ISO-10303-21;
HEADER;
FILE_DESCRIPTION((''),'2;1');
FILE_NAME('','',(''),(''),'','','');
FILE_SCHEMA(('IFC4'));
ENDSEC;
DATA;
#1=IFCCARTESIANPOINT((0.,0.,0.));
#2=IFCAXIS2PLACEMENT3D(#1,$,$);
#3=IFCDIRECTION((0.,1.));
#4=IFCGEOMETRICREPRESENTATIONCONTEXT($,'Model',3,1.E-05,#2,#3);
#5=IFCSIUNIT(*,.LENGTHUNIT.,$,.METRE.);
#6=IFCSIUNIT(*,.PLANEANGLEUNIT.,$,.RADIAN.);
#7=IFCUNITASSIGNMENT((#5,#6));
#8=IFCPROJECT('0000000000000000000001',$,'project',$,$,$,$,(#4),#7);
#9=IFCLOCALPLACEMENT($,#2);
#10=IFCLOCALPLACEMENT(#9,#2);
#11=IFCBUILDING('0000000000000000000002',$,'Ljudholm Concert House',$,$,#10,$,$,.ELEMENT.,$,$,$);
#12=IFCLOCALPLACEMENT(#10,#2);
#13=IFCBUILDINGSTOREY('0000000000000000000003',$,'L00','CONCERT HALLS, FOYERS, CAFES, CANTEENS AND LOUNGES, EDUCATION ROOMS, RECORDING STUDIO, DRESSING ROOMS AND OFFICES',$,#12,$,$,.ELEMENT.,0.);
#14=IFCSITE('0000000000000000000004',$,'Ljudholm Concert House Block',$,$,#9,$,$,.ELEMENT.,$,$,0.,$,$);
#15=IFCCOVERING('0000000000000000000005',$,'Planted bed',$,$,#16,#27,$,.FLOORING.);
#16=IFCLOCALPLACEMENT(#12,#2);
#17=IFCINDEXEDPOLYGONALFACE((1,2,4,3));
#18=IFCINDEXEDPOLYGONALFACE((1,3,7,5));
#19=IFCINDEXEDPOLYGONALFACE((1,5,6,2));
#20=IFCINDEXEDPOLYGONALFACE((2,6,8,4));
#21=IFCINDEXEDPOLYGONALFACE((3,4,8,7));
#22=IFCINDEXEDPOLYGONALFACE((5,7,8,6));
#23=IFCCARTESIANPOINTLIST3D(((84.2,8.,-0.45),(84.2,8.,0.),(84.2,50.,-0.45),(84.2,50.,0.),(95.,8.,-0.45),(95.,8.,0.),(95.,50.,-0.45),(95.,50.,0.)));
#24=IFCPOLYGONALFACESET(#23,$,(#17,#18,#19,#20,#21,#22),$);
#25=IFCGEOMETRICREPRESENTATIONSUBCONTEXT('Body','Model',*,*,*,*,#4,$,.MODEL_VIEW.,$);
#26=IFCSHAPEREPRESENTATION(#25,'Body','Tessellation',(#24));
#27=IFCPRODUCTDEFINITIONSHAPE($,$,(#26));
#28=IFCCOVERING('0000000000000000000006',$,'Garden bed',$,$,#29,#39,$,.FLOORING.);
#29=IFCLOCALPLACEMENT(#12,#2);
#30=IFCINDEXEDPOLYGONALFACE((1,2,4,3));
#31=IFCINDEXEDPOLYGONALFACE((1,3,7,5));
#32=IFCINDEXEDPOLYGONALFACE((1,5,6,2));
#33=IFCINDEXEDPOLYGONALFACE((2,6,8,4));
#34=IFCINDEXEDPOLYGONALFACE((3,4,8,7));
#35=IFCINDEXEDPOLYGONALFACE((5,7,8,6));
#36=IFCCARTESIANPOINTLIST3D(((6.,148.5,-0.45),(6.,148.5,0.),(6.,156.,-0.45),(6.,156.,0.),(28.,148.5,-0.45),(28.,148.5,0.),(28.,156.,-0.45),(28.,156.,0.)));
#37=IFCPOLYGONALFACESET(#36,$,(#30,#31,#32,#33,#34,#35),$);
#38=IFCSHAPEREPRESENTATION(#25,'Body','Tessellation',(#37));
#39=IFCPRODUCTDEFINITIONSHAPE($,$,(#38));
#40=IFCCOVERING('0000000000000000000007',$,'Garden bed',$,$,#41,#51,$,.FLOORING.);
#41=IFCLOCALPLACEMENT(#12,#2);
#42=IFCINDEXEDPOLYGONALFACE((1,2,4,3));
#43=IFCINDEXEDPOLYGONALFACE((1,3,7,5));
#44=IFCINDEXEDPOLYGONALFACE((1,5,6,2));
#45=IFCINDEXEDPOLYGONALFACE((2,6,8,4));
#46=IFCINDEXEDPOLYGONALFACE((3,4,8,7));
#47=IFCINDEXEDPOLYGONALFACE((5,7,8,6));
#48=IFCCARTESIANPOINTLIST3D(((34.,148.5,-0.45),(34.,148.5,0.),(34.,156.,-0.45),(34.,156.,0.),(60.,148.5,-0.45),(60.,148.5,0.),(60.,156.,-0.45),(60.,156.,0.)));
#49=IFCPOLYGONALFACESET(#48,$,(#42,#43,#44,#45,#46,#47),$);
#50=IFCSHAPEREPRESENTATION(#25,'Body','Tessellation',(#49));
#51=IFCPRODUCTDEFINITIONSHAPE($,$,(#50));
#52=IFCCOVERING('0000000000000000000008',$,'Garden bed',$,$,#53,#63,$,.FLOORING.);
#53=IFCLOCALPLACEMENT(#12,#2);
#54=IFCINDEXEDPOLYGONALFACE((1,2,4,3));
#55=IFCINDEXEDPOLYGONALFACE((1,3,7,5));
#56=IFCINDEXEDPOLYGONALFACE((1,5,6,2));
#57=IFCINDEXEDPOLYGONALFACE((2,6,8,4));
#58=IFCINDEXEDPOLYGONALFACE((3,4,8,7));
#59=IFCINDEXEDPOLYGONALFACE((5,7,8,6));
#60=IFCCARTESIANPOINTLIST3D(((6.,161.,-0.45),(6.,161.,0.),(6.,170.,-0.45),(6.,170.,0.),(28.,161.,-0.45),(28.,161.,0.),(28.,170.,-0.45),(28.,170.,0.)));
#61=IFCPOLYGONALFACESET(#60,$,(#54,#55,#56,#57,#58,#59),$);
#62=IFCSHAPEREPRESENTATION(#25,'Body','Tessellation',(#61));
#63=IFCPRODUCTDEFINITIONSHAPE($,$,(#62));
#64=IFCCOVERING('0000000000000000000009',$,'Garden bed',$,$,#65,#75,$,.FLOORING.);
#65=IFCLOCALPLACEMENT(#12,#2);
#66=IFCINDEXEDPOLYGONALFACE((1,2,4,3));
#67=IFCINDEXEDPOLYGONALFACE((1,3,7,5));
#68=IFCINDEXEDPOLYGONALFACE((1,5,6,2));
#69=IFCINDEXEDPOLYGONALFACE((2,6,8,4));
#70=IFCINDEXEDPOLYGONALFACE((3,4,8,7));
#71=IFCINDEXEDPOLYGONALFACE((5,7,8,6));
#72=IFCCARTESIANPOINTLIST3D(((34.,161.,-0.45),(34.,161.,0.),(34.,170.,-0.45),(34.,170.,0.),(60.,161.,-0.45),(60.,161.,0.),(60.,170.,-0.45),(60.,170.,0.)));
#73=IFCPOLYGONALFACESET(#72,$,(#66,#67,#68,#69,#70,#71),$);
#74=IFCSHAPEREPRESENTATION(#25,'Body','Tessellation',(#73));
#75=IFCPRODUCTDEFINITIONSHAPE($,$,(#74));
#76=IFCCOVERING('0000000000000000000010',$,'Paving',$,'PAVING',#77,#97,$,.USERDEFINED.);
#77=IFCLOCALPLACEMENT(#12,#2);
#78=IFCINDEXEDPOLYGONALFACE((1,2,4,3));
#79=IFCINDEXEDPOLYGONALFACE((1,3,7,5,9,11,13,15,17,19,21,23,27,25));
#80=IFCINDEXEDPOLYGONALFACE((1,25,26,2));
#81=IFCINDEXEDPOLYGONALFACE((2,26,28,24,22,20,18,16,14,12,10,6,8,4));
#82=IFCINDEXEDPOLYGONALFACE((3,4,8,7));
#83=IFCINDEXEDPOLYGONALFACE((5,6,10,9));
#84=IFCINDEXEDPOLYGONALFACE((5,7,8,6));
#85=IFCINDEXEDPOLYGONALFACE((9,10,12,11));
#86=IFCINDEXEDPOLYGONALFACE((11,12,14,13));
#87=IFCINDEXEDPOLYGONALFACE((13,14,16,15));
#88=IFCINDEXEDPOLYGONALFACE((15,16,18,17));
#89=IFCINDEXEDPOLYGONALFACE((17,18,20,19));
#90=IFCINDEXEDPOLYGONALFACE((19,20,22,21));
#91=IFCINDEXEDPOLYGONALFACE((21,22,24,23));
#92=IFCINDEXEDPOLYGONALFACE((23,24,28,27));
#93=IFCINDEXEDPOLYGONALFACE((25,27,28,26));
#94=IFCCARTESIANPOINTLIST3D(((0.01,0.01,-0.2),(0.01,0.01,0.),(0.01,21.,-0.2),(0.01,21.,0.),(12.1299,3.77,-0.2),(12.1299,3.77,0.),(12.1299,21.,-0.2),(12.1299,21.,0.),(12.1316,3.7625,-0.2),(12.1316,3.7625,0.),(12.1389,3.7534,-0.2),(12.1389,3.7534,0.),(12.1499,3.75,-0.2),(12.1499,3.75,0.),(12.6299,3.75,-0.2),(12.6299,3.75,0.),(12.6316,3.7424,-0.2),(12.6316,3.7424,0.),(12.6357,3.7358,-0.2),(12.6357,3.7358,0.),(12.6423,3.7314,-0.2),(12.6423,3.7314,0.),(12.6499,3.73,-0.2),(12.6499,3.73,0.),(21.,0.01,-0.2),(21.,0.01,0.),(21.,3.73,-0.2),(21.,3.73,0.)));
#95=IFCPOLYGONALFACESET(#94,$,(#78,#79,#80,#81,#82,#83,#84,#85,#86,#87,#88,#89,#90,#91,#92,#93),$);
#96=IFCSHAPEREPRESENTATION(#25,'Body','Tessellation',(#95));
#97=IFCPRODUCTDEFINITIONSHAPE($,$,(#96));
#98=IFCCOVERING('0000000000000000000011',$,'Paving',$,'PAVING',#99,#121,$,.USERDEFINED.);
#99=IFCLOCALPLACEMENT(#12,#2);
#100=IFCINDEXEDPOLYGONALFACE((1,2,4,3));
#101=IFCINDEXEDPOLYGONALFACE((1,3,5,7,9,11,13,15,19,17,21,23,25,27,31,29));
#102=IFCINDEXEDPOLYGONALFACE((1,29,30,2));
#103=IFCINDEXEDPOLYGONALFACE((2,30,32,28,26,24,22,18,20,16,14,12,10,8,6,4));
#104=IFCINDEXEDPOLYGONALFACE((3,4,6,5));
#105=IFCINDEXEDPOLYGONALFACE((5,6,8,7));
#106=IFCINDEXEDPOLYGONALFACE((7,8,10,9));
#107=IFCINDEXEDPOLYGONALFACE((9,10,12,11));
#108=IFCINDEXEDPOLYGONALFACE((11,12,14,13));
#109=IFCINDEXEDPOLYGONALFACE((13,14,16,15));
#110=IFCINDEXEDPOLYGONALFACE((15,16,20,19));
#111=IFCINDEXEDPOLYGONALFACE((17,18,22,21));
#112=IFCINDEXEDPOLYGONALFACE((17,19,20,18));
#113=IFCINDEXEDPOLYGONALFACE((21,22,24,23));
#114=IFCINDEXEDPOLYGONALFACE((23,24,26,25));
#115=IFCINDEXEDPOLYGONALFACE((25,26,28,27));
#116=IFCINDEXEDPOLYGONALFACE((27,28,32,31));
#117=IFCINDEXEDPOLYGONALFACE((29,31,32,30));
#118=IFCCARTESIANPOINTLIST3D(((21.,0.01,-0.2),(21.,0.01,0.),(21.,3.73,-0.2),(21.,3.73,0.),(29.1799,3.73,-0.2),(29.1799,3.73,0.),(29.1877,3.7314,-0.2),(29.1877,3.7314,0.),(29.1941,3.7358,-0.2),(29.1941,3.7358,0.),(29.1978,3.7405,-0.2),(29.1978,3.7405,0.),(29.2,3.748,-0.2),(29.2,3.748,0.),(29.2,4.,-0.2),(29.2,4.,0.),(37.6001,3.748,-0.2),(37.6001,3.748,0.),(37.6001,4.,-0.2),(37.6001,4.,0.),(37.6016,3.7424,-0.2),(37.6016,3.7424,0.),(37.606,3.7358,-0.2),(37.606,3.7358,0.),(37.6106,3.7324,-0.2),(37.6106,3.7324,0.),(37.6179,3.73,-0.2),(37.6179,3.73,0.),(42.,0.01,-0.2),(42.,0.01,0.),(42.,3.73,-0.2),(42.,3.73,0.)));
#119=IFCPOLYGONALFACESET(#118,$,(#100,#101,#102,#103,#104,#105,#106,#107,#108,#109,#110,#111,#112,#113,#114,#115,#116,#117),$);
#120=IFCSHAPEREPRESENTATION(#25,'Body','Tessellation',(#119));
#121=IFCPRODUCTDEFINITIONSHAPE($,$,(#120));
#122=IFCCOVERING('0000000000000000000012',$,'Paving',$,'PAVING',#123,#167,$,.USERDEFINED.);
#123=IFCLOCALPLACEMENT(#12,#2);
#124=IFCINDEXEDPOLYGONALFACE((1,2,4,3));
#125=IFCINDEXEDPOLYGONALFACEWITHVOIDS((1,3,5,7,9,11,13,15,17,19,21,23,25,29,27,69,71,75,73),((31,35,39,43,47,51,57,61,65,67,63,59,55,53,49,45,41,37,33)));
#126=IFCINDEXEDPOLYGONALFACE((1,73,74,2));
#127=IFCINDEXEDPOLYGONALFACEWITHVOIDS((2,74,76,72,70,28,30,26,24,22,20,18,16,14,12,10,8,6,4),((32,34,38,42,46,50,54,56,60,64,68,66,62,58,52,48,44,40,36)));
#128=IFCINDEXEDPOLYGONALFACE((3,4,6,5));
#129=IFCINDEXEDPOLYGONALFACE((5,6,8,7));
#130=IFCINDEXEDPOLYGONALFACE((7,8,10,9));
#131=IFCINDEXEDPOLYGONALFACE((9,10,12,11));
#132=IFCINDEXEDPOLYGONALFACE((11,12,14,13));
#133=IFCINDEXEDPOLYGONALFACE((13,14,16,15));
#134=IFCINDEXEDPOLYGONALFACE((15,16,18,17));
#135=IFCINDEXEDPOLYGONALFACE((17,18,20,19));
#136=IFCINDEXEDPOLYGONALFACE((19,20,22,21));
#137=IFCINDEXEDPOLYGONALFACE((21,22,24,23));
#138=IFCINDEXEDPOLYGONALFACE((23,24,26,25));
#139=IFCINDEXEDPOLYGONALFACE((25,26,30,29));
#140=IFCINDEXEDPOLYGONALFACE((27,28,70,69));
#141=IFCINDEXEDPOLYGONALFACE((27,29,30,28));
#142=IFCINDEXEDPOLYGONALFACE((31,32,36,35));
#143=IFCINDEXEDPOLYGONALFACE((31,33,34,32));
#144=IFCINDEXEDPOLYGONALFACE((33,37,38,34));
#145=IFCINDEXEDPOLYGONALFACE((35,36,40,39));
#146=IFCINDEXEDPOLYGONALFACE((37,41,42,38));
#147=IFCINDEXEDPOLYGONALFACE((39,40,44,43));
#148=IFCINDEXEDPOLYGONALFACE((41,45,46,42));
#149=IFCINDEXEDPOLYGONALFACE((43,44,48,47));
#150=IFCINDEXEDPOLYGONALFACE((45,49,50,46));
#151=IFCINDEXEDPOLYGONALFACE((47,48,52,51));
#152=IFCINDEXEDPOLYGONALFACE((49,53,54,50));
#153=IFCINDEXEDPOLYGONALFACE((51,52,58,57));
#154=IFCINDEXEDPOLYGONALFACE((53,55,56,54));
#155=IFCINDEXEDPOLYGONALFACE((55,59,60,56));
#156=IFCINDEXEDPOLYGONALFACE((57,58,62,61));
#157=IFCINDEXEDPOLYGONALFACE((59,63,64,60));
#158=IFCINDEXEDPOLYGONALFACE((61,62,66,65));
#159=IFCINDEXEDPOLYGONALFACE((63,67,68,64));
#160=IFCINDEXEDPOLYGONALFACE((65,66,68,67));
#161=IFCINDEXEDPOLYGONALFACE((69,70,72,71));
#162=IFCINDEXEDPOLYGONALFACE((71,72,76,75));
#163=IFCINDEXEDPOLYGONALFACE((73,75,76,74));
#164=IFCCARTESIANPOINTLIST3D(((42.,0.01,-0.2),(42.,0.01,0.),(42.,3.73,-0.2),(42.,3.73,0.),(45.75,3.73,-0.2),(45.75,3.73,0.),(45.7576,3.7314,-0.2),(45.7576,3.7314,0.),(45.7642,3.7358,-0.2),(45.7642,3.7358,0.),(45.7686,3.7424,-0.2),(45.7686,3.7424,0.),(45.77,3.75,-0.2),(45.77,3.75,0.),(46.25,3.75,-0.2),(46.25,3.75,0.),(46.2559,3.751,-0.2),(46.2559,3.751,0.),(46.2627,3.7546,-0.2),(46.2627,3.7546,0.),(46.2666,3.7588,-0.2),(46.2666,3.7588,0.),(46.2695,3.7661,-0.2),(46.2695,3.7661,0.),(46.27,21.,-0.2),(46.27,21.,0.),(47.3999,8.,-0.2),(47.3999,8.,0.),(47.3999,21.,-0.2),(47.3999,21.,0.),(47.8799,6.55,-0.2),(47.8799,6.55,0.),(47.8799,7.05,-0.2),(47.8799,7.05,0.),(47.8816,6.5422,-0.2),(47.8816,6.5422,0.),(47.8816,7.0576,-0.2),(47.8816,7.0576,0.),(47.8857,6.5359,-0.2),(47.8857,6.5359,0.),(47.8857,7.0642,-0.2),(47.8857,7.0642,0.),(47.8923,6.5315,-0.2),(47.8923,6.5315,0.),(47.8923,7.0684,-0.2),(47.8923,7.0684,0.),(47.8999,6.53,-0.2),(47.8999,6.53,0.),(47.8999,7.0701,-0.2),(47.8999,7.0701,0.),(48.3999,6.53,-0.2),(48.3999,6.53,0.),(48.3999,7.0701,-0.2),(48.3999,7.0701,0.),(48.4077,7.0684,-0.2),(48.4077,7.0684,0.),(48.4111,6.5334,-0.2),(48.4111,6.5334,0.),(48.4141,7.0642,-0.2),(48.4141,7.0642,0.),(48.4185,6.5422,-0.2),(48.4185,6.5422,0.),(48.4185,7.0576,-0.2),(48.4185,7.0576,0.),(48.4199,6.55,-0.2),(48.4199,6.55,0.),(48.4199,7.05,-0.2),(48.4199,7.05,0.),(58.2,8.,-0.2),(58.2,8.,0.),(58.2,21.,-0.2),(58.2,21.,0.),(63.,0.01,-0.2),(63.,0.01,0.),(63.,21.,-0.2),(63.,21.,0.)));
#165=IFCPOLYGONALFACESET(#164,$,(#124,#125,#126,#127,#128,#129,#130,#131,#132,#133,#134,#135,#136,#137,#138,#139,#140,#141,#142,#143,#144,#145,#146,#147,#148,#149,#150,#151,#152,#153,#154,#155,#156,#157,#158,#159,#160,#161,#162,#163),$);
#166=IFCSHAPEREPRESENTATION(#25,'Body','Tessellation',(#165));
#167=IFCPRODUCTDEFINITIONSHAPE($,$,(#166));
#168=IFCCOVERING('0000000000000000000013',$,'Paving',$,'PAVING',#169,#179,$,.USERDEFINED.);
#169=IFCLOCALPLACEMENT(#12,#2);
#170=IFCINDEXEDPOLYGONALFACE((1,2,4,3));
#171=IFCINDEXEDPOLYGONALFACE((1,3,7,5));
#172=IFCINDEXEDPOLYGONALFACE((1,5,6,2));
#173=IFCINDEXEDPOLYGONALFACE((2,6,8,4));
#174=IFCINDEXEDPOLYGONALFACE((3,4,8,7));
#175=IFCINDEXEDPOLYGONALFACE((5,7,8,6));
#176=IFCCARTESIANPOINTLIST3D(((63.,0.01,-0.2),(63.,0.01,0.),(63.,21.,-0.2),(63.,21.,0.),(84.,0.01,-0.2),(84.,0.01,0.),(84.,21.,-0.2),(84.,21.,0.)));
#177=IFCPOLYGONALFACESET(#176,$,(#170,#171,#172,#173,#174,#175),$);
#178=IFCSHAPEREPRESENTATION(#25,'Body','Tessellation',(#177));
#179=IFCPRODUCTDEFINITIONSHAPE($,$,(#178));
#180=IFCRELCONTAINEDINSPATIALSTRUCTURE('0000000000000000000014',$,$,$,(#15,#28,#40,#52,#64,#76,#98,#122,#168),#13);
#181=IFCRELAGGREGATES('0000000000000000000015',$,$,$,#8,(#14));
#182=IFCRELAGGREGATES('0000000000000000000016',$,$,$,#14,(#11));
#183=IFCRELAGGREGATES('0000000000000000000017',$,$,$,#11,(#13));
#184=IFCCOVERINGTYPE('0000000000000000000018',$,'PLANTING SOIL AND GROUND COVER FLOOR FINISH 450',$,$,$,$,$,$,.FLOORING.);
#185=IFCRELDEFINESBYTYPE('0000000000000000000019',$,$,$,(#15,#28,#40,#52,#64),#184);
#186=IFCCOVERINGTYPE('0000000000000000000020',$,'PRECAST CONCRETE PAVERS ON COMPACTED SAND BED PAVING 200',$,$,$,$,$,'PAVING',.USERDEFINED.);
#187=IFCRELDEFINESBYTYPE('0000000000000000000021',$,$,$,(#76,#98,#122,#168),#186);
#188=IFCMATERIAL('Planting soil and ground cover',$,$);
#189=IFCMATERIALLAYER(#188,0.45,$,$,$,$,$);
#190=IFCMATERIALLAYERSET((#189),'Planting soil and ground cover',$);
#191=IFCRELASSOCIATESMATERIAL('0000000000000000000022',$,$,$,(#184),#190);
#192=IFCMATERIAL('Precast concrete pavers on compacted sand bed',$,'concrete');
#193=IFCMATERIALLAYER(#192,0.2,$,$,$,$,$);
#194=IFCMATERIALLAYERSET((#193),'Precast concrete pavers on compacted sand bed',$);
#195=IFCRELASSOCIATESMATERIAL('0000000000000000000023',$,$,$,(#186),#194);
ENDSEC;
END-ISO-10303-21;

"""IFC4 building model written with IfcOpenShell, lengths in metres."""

from ifc_helpers import new_model, si_unit, direction, frame, origin, place, context, subcontext, project, spatial, polyline, outline, extrude, material, layer, layer_set, type_object, element, save


model = new_model("IFC4")

# Units and contexts
model_context = context("Model", 3, precision=1e-05, world=origin(), true_north=direction((0.0, 1.0)))
body_context = subcontext(model_context, "Body", "Model", "MODEL_VIEW")
ifc_project = project(units=[si_unit("LENGTHUNIT", "METRE"), si_unit("PLANEANGLEUNIT", "RADIAN")], contexts=[model_context])

# Site, building, storey
site_placement = place(None, origin())
site = spatial("IfcSite", under=ifc_project, at=site_placement, Name="Ljudholm Concert House Block", CompositionType="ELEMENT", RefElevation=0.0)
building_placement = place(site_placement, origin())
building = spatial("IfcBuilding", under=site, at=building_placement, Name="Ljudholm Concert House", CompositionType="ELEMENT")
storey_placement = place(building_placement, origin())
storey = spatial("IfcBuildingStorey", under=building, at=storey_placement, Name="L00", Description="CONCERT HALLS, FOYERS, CAFES, CANTEENS AND LOUNGES, EDUCATION ROOMS, RECORDING STUDIO, DRESSING ROOMS AND OFFICES", CompositionType="ELEMENT", Elevation=0.0)

# Coverings
ifc_material_1 = material(Name="Planting soil and ground cover")
ifc_layer_1 = layer(ifc_material_1, 0.45)
ifc_layer_set_1 = layer_set([ifc_layer_1], Name="Planting soil and ground cover")
covering_type_1 = type_object("IfcCoveringType", Name="PLANTING SOIL AND GROUND COVER FLOOR FINISH 450", PredefinedType="FLOORING", material=ifc_layer_set_1)
covering_1_placement = place(storey_placement, frame((0.0, 0.0, -0.45)))
element("IfcCovering", 1, at=covering_1_placement, inside=storey, type_object=covering_type_1, Name="Planted bed", PredefinedType="FLOORING", context=body_context, shape_type="SweptSolid", body=[
    extrude(outline(polyline([(84.2, 8.0), (95.0, 8.0), (95.0, 50.0), (84.2, 50.0), (84.2, 8.0)])), origin(), (0.0, 0.0, 1.0), 0.45),
])
covering_2_placement = place(storey_placement, frame((0.0, 0.0, -0.45)))
element("IfcCovering", 2, at=covering_2_placement, inside=storey, type_object=covering_type_1, Name="Garden bed", PredefinedType="FLOORING", context=body_context, shape_type="SweptSolid", body=[
    extrude(outline(polyline([(6.0, 148.5), (28.0, 148.5), (28.0, 156.0), (6.0, 156.0), (6.0, 148.5)])), origin(), (0.0, 0.0, 1.0), 0.45),
])
covering_3_placement = place(storey_placement, frame((0.0, 0.0, -0.45)))
element("IfcCovering", 3, at=covering_3_placement, inside=storey, type_object=covering_type_1, Name="Garden bed", PredefinedType="FLOORING", context=body_context, shape_type="SweptSolid", body=[
    extrude(outline(polyline([(34.0, 148.5), (60.0, 148.5), (60.0, 156.0), (34.0, 156.0), (34.0, 148.5)])), origin(), (0.0, 0.0, 1.0), 0.45),
])
covering_4_placement = place(storey_placement, frame((0.0, 0.0, -0.45)))
element("IfcCovering", 4, at=covering_4_placement, inside=storey, type_object=covering_type_1, Name="Garden bed", PredefinedType="FLOORING", context=body_context, shape_type="SweptSolid", body=[
    extrude(outline(polyline([(6.0, 161.0), (28.0, 161.0), (28.0, 170.0), (6.0, 170.0), (6.0, 161.0)])), origin(), (0.0, 0.0, 1.0), 0.45),
])
covering_5_placement = place(storey_placement, frame((0.0, 0.0, -0.45)))
element("IfcCovering", 5, at=covering_5_placement, inside=storey, type_object=covering_type_1, Name="Garden bed", PredefinedType="FLOORING", context=body_context, shape_type="SweptSolid", body=[
    extrude(outline(polyline([(34.0, 161.0), (60.0, 161.0), (60.0, 170.0), (34.0, 170.0), (34.0, 161.0)])), origin(), (0.0, 0.0, 1.0), 0.45),
])
ifc_material_2 = material(Name="Precast concrete pavers on compacted sand bed", Category="concrete")
ifc_layer_2 = layer(ifc_material_2, 0.2)
ifc_layer_set_2 = layer_set([ifc_layer_2], Name="Precast concrete pavers on compacted sand bed")
covering_type_2 = type_object("IfcCoveringType", Name="PRECAST CONCRETE PAVERS ON COMPACTED SAND BED PAVING 200", ElementType="PAVING", PredefinedType="USERDEFINED", material=ifc_layer_set_2)
covering_6_placement = place(storey_placement, frame((0.0, 0.0, -0.2)))
element("IfcCovering", 6, at=covering_6_placement, inside=storey, type_object=covering_type_2, Name="Paving", ObjectType="PAVING", PredefinedType="USERDEFINED", context=body_context, shape_type="SweptSolid", body=[
    extrude(outline(polyline([(0.01, 0.01), (0.01, 21.0), (12.1299, 21.0), (12.1299, 3.77), (12.1316, 3.7625), (12.1389, 3.7534), (12.1499, 3.75), (12.6299, 3.75), (12.6316, 3.7424), (12.6357, 3.7358), (12.6423, 3.7314), (12.6499, 3.73), (21.0, 3.73), (21.0, 0.01), (0.01, 0.01)])), origin(), (0.0, 0.0, 1.0), 0.2),
])
covering_7_placement = place(storey_placement, frame((0.0, 0.0, -0.2)))
element("IfcCovering", 7, at=covering_7_placement, inside=storey, type_object=covering_type_2, Name="Paving", ObjectType="PAVING", PredefinedType="USERDEFINED", context=body_context, shape_type="SweptSolid", body=[
    extrude(outline(polyline([(21.0, 0.01), (21.0, 3.73), (29.1799, 3.73), (29.1877, 3.7314), (29.1941, 3.7358), (29.1978, 3.7405), (29.2, 3.748), (29.2, 4.0), (37.6001, 4.0), (37.6001, 3.748), (37.6016, 3.7424), (37.606, 3.7358), (37.6106, 3.7324), (37.6179, 3.73), (42.0, 3.73), (42.0, 0.01), (21.0, 0.01)])), origin(), (0.0, 0.0, 1.0), 0.2),
])
covering_8_placement = place(storey_placement, frame((0.0, 0.0, -0.2)))
element("IfcCovering", 8, at=covering_8_placement, inside=storey, type_object=covering_type_2, Name="Paving", ObjectType="PAVING", PredefinedType="USERDEFINED", context=body_context, shape_type="SweptSolid", body=[
    extrude(outline(polyline([(42.0, 0.01), (42.0, 3.73), (45.75, 3.73), (45.7576, 3.7314), (45.7642, 3.7358), (45.7686, 3.7424), (45.77, 3.75), (46.25, 3.75), (46.2559, 3.751), (46.2627, 3.7546), (46.2666, 3.7588), (46.2695, 3.7661), (46.27, 21.0), (47.3999, 21.0), (47.3999, 8.0), (58.2, 8.0), (58.2, 21.0), (63.0, 21.0), (63.0, 0.01), (42.0, 0.01)]), holes=[polyline([(48.4185, 6.5422), (48.4199, 6.55), (48.4199, 7.05), (48.4185, 7.0576), (48.4141, 7.0642), (48.4077, 7.0684), (48.3999, 7.0701), (47.8999, 7.0701), (47.8923, 7.0684), (47.8857, 7.0642), (47.8816, 7.0576), (47.8799, 7.05), (47.8799, 6.55), (47.8816, 6.5422), (47.8857, 6.5359), (47.8923, 6.5315), (47.8999, 6.53), (48.3999, 6.53), (48.4111, 6.5334), (48.4185, 6.5422)])]), origin(), (0.0, 0.0, 1.0), 0.2),
])
covering_9_placement = place(storey_placement, frame((0.0, 0.0, -0.2)))
element("IfcCovering", 9, at=covering_9_placement, inside=storey, type_object=covering_type_2, Name="Paving", ObjectType="PAVING", PredefinedType="USERDEFINED", context=body_context, shape_type="SweptSolid", body=[
    extrude(outline(polyline([(63.0, 0.01), (63.0, 21.0), (84.0, 21.0), (84.0, 0.01), (63.0, 0.01)])), origin(), (0.0, 0.0, 1.0), 0.2),
])

save(model, "model.ifc")
